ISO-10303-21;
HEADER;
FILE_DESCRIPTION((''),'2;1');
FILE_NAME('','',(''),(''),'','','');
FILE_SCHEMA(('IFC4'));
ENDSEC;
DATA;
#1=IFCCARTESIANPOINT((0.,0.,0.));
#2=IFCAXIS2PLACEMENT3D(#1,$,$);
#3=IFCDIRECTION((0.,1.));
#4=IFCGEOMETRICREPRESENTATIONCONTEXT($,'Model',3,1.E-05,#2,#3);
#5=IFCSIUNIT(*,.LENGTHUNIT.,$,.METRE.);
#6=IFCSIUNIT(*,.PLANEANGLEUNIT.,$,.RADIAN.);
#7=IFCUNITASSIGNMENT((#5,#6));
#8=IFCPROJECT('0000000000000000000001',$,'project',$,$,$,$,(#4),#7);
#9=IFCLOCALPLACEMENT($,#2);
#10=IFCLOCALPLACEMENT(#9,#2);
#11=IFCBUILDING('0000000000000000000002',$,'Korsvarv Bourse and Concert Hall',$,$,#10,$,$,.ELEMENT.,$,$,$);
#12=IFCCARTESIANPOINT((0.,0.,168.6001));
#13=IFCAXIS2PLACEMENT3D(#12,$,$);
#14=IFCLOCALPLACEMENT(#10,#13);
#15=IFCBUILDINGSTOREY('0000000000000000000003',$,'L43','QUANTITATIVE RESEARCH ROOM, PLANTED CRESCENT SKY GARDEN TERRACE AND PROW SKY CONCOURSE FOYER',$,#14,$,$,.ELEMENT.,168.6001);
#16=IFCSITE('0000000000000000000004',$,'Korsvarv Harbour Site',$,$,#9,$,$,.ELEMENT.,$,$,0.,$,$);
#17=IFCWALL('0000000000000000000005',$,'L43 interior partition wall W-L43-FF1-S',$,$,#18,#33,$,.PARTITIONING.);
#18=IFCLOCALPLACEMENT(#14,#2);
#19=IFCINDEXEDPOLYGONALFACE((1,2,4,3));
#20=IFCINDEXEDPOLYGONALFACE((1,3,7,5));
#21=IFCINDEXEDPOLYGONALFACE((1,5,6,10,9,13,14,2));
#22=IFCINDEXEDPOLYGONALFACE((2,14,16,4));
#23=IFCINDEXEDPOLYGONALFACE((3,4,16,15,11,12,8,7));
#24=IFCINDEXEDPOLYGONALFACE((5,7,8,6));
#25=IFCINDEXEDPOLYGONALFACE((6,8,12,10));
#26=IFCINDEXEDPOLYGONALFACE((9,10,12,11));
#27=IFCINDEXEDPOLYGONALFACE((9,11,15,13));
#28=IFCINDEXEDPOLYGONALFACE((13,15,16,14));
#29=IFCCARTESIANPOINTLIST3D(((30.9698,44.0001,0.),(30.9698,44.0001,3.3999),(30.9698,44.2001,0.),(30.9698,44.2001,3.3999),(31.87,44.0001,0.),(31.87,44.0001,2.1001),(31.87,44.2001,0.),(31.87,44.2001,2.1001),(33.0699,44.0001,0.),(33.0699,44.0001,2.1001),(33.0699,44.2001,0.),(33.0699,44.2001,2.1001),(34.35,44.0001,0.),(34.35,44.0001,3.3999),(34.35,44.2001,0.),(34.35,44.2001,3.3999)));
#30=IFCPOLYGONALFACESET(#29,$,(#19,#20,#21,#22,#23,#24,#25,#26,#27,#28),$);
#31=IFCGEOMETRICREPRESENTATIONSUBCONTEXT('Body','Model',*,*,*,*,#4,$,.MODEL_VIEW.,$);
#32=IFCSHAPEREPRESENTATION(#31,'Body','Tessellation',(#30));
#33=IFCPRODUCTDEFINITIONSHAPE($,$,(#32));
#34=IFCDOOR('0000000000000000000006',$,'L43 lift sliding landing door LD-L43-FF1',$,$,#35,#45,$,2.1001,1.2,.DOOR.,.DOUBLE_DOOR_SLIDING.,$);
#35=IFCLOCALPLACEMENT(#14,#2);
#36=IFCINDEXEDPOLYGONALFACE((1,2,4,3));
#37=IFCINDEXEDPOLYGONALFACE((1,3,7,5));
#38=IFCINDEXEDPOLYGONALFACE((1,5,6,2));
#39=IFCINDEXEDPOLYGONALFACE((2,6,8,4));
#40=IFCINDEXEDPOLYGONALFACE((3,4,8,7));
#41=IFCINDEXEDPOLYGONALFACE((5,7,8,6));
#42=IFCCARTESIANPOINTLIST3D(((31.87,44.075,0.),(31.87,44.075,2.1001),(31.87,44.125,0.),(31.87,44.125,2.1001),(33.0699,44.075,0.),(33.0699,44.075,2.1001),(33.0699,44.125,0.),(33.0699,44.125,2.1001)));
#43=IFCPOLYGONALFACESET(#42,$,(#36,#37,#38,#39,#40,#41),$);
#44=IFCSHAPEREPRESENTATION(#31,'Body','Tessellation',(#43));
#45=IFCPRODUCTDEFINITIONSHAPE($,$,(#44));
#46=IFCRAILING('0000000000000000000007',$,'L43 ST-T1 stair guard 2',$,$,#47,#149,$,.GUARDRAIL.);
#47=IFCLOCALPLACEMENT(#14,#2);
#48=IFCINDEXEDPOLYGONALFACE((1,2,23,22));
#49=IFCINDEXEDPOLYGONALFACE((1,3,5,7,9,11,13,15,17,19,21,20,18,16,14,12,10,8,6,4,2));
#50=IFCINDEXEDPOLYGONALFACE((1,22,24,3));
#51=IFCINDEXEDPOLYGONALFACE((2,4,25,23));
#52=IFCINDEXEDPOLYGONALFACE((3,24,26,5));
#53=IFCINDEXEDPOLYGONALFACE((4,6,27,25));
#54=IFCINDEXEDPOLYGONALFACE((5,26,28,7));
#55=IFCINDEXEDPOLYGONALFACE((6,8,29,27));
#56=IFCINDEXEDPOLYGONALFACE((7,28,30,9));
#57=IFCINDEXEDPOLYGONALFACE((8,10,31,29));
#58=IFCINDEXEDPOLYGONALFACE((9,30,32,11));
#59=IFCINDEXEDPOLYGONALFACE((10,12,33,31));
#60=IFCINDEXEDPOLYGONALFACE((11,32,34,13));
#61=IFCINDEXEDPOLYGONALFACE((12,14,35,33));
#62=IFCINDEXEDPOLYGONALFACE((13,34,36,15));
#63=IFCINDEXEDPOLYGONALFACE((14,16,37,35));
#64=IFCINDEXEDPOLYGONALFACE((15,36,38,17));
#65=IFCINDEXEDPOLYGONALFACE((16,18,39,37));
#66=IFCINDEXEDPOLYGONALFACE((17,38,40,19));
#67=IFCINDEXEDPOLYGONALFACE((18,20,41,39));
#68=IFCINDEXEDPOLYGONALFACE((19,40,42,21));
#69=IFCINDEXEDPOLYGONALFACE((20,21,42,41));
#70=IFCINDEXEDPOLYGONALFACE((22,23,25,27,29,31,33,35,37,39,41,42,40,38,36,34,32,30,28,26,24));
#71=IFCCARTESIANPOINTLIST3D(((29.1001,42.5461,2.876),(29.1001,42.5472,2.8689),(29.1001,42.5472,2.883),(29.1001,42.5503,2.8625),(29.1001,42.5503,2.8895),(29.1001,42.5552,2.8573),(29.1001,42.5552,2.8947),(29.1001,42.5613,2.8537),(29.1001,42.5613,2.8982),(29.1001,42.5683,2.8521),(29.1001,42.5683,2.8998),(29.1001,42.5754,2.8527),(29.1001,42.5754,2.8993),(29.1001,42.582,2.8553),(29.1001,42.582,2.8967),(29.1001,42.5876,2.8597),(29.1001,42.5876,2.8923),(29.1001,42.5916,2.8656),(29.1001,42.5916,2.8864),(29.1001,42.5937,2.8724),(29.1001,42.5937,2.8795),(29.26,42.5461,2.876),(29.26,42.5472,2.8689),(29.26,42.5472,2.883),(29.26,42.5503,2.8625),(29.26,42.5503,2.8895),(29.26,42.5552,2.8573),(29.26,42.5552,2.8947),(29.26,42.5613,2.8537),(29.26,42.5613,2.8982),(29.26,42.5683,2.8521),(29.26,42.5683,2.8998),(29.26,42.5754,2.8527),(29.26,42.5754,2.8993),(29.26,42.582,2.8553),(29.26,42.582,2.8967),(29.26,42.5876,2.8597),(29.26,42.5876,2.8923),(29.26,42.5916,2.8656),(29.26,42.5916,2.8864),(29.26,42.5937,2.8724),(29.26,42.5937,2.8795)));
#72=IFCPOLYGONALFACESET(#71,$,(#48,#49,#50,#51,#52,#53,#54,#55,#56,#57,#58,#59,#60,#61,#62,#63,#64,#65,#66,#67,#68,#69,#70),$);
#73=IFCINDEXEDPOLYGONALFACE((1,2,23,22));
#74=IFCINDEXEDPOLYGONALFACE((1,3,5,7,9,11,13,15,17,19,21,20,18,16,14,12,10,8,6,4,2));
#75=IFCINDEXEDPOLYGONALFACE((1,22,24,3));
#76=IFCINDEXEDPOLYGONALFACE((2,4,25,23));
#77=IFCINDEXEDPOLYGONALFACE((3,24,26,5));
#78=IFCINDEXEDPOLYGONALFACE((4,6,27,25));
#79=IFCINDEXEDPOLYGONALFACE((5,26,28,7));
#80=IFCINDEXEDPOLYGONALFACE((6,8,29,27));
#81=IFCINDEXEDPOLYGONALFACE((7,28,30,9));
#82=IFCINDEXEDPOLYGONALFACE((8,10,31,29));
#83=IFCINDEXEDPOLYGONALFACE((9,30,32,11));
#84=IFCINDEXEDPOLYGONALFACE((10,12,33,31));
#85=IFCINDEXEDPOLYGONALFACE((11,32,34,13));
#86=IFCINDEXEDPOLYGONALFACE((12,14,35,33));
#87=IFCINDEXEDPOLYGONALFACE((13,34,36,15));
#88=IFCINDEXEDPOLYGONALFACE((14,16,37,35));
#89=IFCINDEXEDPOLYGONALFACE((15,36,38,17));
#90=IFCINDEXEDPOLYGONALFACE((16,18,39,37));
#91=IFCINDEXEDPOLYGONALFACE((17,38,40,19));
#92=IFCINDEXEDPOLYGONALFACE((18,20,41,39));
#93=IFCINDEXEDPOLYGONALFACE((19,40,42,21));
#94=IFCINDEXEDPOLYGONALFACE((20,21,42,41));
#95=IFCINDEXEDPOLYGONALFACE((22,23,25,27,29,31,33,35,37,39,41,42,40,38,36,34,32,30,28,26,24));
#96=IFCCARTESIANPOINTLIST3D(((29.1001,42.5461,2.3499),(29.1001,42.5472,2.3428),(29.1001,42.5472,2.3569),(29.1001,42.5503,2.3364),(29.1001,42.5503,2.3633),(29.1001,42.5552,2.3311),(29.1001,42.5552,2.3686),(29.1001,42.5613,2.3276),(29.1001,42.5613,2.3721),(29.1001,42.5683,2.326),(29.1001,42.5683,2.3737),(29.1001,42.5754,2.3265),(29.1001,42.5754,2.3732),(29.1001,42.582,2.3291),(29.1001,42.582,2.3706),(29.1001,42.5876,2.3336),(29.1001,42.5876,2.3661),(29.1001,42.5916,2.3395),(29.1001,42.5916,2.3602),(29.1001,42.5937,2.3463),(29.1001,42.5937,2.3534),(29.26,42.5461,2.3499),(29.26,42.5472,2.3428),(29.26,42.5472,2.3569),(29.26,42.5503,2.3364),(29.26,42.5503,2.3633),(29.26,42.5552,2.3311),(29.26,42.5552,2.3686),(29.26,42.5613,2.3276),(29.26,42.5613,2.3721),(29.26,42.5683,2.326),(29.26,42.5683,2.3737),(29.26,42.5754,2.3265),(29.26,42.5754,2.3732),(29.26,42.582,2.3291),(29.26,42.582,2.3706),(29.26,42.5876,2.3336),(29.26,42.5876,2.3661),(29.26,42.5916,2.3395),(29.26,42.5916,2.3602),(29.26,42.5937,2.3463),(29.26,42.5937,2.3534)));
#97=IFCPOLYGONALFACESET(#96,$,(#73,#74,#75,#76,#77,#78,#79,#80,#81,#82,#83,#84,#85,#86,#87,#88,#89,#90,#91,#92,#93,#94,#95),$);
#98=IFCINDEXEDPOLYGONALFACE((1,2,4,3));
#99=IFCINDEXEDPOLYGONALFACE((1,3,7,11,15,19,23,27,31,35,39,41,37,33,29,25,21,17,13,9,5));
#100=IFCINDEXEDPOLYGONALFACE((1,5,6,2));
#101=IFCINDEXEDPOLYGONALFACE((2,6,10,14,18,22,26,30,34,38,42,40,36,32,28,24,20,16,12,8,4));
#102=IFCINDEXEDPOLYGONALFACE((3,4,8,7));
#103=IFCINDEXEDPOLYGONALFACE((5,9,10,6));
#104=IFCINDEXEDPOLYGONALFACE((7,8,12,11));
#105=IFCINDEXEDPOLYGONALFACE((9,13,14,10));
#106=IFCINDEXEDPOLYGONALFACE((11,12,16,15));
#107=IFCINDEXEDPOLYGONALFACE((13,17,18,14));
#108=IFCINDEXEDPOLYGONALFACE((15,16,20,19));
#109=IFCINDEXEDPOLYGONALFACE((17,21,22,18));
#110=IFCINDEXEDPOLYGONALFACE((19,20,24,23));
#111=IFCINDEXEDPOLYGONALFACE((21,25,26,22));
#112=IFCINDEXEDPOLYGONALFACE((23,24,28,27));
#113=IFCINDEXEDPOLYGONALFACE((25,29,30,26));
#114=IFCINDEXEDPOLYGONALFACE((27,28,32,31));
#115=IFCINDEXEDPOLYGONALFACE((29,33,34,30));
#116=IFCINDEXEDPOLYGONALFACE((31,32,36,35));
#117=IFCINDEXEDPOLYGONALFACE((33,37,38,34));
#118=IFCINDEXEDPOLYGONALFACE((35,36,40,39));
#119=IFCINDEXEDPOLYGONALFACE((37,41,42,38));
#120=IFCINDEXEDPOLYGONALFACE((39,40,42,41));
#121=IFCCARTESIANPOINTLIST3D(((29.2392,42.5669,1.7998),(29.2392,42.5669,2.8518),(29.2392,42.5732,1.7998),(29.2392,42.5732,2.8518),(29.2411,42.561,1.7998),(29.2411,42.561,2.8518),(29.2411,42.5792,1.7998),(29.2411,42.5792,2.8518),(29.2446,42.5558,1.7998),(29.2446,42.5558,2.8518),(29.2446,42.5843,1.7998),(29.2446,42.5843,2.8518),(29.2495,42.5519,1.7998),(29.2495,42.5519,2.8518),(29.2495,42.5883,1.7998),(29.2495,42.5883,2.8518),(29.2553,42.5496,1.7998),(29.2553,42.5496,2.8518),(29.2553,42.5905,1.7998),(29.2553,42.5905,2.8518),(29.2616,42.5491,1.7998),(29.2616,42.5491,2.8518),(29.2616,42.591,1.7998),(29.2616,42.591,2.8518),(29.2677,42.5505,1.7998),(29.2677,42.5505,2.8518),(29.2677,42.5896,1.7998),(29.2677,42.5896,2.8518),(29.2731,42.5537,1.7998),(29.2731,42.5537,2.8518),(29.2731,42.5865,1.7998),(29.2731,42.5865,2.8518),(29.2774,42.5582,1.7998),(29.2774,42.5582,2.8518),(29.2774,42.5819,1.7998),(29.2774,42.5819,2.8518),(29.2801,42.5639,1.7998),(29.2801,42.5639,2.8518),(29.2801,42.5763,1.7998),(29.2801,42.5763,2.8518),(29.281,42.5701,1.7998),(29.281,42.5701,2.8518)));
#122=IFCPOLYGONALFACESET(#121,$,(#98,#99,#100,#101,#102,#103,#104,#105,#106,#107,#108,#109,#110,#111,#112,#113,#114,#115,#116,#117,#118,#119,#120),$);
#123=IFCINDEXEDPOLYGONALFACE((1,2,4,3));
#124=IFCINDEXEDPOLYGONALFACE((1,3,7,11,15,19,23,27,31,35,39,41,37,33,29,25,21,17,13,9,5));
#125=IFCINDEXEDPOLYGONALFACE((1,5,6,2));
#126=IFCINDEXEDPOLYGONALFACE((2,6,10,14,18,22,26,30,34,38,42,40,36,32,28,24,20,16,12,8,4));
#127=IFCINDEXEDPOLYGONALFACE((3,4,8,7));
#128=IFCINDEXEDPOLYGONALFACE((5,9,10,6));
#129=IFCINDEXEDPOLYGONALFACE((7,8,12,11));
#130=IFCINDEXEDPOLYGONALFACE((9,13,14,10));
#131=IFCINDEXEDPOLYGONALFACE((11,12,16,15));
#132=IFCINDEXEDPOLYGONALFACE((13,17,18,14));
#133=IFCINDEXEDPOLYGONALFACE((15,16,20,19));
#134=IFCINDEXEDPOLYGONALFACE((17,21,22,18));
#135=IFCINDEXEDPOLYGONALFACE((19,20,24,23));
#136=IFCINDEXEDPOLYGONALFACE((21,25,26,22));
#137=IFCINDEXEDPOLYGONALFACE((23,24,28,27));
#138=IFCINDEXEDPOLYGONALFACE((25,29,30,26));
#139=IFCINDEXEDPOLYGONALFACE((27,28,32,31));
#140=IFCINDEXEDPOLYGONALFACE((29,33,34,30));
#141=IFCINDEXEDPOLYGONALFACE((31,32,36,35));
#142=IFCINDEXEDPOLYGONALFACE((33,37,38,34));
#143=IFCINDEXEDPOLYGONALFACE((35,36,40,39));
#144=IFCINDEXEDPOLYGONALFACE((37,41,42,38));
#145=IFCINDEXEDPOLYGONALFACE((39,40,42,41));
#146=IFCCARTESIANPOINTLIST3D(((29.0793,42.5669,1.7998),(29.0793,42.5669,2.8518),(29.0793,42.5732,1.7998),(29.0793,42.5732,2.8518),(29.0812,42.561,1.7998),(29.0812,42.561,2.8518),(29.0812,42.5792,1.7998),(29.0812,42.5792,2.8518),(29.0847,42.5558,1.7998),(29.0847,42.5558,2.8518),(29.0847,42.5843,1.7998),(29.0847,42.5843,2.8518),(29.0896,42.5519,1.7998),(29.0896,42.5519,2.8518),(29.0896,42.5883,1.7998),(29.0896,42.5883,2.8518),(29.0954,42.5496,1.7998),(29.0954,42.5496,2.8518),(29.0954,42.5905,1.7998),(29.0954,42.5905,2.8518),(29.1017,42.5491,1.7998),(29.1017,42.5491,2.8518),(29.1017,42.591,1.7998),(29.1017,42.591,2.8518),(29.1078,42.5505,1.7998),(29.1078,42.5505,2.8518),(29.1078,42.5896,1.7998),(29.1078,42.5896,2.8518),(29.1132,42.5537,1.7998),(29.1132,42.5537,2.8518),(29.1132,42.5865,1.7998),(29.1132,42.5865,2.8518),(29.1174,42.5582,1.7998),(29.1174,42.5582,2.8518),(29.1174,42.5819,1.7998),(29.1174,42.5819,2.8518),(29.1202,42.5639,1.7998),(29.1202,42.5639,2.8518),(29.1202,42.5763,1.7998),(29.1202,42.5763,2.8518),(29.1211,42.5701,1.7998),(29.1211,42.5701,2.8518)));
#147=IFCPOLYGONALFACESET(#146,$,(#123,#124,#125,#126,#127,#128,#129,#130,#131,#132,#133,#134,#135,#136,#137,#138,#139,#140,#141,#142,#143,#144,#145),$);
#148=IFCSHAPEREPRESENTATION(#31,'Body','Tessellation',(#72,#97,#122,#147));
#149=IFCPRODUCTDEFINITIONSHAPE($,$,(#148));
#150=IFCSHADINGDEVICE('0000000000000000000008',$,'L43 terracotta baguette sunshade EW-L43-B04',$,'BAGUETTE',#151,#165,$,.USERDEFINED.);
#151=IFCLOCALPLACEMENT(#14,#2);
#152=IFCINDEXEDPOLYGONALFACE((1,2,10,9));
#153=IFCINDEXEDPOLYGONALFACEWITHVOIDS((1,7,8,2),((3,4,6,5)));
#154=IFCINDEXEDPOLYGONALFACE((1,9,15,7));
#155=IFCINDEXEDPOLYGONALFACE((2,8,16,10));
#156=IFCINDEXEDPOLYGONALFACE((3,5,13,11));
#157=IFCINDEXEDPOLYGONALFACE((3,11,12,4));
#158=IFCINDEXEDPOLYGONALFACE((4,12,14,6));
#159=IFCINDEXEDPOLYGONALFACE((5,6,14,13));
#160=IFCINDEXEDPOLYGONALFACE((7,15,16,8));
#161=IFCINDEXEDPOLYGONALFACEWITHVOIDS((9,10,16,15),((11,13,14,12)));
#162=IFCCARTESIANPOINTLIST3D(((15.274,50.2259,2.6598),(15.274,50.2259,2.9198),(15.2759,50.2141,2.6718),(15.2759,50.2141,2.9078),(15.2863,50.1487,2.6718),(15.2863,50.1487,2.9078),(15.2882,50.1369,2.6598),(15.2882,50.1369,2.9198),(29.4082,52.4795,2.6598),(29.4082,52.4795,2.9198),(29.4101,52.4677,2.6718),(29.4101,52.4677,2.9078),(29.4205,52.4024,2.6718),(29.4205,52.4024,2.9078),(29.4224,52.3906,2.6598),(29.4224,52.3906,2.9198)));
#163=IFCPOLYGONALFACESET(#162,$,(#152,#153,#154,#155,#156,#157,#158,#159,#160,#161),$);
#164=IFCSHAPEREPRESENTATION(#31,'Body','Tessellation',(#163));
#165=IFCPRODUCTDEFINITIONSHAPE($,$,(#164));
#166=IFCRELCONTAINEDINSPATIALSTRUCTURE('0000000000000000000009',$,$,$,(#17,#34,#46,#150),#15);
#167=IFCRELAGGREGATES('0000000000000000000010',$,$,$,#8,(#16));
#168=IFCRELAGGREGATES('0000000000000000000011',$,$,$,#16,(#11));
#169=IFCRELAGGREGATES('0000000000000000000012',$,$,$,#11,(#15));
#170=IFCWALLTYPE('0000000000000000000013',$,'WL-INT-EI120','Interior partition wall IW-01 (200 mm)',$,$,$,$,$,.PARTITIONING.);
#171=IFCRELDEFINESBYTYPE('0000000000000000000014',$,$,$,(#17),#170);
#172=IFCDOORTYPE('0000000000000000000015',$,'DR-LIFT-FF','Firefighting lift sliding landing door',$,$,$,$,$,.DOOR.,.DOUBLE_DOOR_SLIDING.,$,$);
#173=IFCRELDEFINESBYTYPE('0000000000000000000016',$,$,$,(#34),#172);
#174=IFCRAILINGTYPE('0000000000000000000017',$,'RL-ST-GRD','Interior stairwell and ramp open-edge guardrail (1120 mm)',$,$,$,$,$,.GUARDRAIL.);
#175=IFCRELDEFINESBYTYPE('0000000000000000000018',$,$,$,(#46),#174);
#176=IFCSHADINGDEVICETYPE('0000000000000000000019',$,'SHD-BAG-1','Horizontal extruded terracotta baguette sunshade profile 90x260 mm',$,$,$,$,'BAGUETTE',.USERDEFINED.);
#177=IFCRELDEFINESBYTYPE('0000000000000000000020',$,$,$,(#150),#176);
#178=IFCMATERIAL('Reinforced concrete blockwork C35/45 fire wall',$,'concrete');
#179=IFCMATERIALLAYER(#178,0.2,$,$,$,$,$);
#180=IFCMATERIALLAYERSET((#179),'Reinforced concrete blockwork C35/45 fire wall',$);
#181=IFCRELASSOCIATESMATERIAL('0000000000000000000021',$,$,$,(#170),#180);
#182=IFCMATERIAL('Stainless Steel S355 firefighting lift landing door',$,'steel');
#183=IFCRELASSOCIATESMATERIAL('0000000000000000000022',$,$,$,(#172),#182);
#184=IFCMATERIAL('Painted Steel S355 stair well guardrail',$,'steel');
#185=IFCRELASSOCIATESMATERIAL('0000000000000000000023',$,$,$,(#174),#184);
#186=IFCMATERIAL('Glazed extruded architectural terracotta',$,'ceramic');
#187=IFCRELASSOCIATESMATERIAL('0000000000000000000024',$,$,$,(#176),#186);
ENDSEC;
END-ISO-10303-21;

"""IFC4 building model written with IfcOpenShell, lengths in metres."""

from ifc_helpers import new_model, si_unit, direction, frame, frame_2d, origin, origin_2d, place, context, subcontext, project, spatial, rectangle, hollow_rectangle, circle, extrude, source, transform, mapped, material, layer, layer_set, material_profile, profile_set, type_object, element, fill, save


model = new_model("IFC4")

# Units and contexts
model_context = context("Model", 3, precision=1e-05, world=origin(), true_north=direction((0.0, 1.0)))
body_context = subcontext(model_context, "Body", "Model", "MODEL_VIEW")
ifc_project = project(units=[si_unit("LENGTHUNIT", "METRE"), si_unit("PLANEANGLEUNIT", "RADIAN")], contexts=[model_context])

# Site, building, storey
site_placement = place(None, origin())
site = spatial("IfcSite", under=ifc_project, at=site_placement, Name="Korsvarv Harbour Site", CompositionType="ELEMENT", RefElevation=0.0)
building_placement = place(site_placement, origin())
building = spatial("IfcBuilding", under=site, at=building_placement, Name="Korsvarv Bourse and Concert Hall", CompositionType="ELEMENT")
storey_placement = place(building_placement, frame((0.0, 0.0, 168.6001)))
storey = spatial("IfcBuildingStorey", under=building, at=storey_placement, Name="L43", Description="QUANTITATIVE RESEARCH ROOM, PLANTED CRESCENT SKY GARDEN TERRACE AND PROW SKY CONCOURSE FOYER", CompositionType="ELEMENT", Elevation=168.6001)

# Wall, opening, door
ifc_material_1 = material(Name="Reinforced concrete blockwork C35/45 fire wall", Category="concrete")
ifc_layer_1 = layer(ifc_material_1, 0.2)
ifc_layer_set_1 = layer_set([ifc_layer_1], Name="Reinforced concrete blockwork C35/45 fire wall")
wall_type_1 = type_object("IfcWallType", Name="WL-INT-EI120", Description="Interior partition wall IW-01 (200 mm)", PredefinedType="PARTITIONING", material=ifc_layer_set_1)
wall_1_placement = place(storey_placement, frame((30.97, 44.1001, 0.0), z_axis=(0.0, 0.0, 1.0), x_axis=(1.0, 0.0, 0.0)))
wall_1 = element("IfcWall", 1, at=wall_1_placement, inside=storey, type_object=wall_type_1, Name="L43 interior partition wall W-L43-FF1-S", PredefinedType="PARTITIONING", context=body_context, shape_type="SweptSolid", body=[
    extrude(rectangle(XDim=3.3801, YDim=0.2, at=frame_2d((1.6899, 0.0))), origin(), (0.0, 0.0, 1.0), 3.3999),
])
opening_placement = place(wall_1_placement, frame((0.8999, 0.0, 0.0)))
opening = element("IfcOpeningElement", 2, at=opening_placement, cuts=wall_1, PredefinedType="OPENING", context=body_context, shape_type="SweptSolid", body=[
    extrude(rectangle(XDim=1.2, YDim=2.1001, at=frame_2d((0.6001, 1.05))), frame((0.0, 0.1099, 0.0), z_axis=(0.0, -1.0, 0.0), x_axis=(1.0, 0.0, 0.0)), (0.0, 0.0, 1.0), 0.22),
])
ifc_material_2 = material(Name="Stainless Steel S355 firefighting lift landing door", Category="steel")
door_type = type_object("IfcDoorType", Name="DR-LIFT-FF", Description="Firefighting lift sliding landing door", OperationType="DOUBLE_DOOR_SLIDING", PredefinedType="DOOR", material=ifc_material_2)
door_placement = place(opening_placement, origin())
door = element("IfcDoor", 3, at=door_placement, inside=storey, type_object=door_type, Name="L43 lift sliding landing door LD-L43-FF1", OperationType="DOUBLE_DOOR_SLIDING", OverallHeight=2.1001, OverallWidth=1.2, PredefinedType="DOOR", context=body_context, shape_type="SweptSolid", body=[
    extrude(rectangle(XDim=1.2, YDim=2.1001, at=frame_2d((0.6001, 1.05))), frame((0.0, 0.0249, 0.0), z_axis=(0.0, -1.0, 0.0), x_axis=(1.0, 0.0, 0.0)), (0.0, 0.0, 1.0), 0.05),
])
fill(opening, door)

# Railing
ifc_material_3 = material(Name="Painted Steel S355 stair well guardrail", Category="steel")
railing_type = type_object("IfcRailingType", Name="RL-ST-GRD", Description="Interior stairwell and ramp open-edge guardrail (1120 mm)", PredefinedType="GUARDRAIL", material=ifc_material_3)
railing_placement = place(storey_placement, frame((29.26, 42.5701, 1.7998)))
element("IfcRailing", 4, at=railing_placement, inside=storey, type_object=railing_type, Name="L43 ST-T1 stair guard 2", PredefinedType="GUARDRAIL", context=body_context, shape_type="SweptSolid", body=[
    extrude(circle(Radius=0.0239, at=origin_2d()), frame((0.0, 0.0, 1.0762), z_axis=(-1.0, 0.0, 0.0), x_axis=(0.0, -1.0, 0.0)), (0.0, 0.0, 1.0), 0.1599),
    extrude(circle(Radius=0.0239, at=origin_2d()), frame((0.0, 0.0, 0.55), z_axis=(-1.0, 0.0, 0.0), x_axis=(0.0, -1.0, 0.0)), (0.0, 0.0, 1.0), 0.1599),
    extrude(circle(Radius=0.021, at=origin_2d()), origin(), (0.0, 0.0, 1.0), 1.052),
    extrude(circle(Radius=0.021, at=origin_2d()), frame((-0.1599, 0.0, 0.0)), (0.0, 0.0, 1.0), 1.052),
])

# Shading device
ifc_material_4 = material(Name="Glazed extruded architectural terracotta", Category="ceramic")
ifc_material_profile_1 = material_profile(ifc_material_4, hollow_rectangle(XDim=0.0901, YDim=0.26, WallThickness=0.012, at=origin_2d()), Name="TC-BAG 90x260")
ifc_profile_set_1 = profile_set([ifc_material_profile_1], Name="Glazed extruded architectural terracotta")
shading_device_type = type_object("IfcShadingDeviceType", Name="SHD-BAG-1", Description="Horizontal extruded terracotta baguette sunshade profile 90x260 mm", ElementType="BAGUETTE", PredefinedType="USERDEFINED", material=ifc_profile_set_1)
shared_shape_1 = source(origin(), body_context, "Body", "SweptSolid", [
    extrude(hollow_rectangle(XDim=0.0901, YDim=0.26, WallThickness=0.012, at=origin_2d()), origin(), (0.0, 0.0, 1.0), 14.3127),
])
shading_device_placement = place(storey_placement, frame((29.4153, 52.4351, 2.7898), z_axis=(-0.987526, -0.157458, 0.0), x_axis=(0.157458, -0.987526, 0.0)))
element("IfcShadingDevice", 5, at=shading_device_placement, inside=storey, type_object=shading_device_type, Name="L43 terracotta baguette sunshade EW-L43-B04", ObjectType="BAGUETTE", PredefinedType="USERDEFINED", context=body_context, shape_type="MappedRepresentation", body=[
    mapped(shared_shape_1, transform((0.0, 0.0, 0.0), scale=1.0)),
])

save(model, "model.ifc")
